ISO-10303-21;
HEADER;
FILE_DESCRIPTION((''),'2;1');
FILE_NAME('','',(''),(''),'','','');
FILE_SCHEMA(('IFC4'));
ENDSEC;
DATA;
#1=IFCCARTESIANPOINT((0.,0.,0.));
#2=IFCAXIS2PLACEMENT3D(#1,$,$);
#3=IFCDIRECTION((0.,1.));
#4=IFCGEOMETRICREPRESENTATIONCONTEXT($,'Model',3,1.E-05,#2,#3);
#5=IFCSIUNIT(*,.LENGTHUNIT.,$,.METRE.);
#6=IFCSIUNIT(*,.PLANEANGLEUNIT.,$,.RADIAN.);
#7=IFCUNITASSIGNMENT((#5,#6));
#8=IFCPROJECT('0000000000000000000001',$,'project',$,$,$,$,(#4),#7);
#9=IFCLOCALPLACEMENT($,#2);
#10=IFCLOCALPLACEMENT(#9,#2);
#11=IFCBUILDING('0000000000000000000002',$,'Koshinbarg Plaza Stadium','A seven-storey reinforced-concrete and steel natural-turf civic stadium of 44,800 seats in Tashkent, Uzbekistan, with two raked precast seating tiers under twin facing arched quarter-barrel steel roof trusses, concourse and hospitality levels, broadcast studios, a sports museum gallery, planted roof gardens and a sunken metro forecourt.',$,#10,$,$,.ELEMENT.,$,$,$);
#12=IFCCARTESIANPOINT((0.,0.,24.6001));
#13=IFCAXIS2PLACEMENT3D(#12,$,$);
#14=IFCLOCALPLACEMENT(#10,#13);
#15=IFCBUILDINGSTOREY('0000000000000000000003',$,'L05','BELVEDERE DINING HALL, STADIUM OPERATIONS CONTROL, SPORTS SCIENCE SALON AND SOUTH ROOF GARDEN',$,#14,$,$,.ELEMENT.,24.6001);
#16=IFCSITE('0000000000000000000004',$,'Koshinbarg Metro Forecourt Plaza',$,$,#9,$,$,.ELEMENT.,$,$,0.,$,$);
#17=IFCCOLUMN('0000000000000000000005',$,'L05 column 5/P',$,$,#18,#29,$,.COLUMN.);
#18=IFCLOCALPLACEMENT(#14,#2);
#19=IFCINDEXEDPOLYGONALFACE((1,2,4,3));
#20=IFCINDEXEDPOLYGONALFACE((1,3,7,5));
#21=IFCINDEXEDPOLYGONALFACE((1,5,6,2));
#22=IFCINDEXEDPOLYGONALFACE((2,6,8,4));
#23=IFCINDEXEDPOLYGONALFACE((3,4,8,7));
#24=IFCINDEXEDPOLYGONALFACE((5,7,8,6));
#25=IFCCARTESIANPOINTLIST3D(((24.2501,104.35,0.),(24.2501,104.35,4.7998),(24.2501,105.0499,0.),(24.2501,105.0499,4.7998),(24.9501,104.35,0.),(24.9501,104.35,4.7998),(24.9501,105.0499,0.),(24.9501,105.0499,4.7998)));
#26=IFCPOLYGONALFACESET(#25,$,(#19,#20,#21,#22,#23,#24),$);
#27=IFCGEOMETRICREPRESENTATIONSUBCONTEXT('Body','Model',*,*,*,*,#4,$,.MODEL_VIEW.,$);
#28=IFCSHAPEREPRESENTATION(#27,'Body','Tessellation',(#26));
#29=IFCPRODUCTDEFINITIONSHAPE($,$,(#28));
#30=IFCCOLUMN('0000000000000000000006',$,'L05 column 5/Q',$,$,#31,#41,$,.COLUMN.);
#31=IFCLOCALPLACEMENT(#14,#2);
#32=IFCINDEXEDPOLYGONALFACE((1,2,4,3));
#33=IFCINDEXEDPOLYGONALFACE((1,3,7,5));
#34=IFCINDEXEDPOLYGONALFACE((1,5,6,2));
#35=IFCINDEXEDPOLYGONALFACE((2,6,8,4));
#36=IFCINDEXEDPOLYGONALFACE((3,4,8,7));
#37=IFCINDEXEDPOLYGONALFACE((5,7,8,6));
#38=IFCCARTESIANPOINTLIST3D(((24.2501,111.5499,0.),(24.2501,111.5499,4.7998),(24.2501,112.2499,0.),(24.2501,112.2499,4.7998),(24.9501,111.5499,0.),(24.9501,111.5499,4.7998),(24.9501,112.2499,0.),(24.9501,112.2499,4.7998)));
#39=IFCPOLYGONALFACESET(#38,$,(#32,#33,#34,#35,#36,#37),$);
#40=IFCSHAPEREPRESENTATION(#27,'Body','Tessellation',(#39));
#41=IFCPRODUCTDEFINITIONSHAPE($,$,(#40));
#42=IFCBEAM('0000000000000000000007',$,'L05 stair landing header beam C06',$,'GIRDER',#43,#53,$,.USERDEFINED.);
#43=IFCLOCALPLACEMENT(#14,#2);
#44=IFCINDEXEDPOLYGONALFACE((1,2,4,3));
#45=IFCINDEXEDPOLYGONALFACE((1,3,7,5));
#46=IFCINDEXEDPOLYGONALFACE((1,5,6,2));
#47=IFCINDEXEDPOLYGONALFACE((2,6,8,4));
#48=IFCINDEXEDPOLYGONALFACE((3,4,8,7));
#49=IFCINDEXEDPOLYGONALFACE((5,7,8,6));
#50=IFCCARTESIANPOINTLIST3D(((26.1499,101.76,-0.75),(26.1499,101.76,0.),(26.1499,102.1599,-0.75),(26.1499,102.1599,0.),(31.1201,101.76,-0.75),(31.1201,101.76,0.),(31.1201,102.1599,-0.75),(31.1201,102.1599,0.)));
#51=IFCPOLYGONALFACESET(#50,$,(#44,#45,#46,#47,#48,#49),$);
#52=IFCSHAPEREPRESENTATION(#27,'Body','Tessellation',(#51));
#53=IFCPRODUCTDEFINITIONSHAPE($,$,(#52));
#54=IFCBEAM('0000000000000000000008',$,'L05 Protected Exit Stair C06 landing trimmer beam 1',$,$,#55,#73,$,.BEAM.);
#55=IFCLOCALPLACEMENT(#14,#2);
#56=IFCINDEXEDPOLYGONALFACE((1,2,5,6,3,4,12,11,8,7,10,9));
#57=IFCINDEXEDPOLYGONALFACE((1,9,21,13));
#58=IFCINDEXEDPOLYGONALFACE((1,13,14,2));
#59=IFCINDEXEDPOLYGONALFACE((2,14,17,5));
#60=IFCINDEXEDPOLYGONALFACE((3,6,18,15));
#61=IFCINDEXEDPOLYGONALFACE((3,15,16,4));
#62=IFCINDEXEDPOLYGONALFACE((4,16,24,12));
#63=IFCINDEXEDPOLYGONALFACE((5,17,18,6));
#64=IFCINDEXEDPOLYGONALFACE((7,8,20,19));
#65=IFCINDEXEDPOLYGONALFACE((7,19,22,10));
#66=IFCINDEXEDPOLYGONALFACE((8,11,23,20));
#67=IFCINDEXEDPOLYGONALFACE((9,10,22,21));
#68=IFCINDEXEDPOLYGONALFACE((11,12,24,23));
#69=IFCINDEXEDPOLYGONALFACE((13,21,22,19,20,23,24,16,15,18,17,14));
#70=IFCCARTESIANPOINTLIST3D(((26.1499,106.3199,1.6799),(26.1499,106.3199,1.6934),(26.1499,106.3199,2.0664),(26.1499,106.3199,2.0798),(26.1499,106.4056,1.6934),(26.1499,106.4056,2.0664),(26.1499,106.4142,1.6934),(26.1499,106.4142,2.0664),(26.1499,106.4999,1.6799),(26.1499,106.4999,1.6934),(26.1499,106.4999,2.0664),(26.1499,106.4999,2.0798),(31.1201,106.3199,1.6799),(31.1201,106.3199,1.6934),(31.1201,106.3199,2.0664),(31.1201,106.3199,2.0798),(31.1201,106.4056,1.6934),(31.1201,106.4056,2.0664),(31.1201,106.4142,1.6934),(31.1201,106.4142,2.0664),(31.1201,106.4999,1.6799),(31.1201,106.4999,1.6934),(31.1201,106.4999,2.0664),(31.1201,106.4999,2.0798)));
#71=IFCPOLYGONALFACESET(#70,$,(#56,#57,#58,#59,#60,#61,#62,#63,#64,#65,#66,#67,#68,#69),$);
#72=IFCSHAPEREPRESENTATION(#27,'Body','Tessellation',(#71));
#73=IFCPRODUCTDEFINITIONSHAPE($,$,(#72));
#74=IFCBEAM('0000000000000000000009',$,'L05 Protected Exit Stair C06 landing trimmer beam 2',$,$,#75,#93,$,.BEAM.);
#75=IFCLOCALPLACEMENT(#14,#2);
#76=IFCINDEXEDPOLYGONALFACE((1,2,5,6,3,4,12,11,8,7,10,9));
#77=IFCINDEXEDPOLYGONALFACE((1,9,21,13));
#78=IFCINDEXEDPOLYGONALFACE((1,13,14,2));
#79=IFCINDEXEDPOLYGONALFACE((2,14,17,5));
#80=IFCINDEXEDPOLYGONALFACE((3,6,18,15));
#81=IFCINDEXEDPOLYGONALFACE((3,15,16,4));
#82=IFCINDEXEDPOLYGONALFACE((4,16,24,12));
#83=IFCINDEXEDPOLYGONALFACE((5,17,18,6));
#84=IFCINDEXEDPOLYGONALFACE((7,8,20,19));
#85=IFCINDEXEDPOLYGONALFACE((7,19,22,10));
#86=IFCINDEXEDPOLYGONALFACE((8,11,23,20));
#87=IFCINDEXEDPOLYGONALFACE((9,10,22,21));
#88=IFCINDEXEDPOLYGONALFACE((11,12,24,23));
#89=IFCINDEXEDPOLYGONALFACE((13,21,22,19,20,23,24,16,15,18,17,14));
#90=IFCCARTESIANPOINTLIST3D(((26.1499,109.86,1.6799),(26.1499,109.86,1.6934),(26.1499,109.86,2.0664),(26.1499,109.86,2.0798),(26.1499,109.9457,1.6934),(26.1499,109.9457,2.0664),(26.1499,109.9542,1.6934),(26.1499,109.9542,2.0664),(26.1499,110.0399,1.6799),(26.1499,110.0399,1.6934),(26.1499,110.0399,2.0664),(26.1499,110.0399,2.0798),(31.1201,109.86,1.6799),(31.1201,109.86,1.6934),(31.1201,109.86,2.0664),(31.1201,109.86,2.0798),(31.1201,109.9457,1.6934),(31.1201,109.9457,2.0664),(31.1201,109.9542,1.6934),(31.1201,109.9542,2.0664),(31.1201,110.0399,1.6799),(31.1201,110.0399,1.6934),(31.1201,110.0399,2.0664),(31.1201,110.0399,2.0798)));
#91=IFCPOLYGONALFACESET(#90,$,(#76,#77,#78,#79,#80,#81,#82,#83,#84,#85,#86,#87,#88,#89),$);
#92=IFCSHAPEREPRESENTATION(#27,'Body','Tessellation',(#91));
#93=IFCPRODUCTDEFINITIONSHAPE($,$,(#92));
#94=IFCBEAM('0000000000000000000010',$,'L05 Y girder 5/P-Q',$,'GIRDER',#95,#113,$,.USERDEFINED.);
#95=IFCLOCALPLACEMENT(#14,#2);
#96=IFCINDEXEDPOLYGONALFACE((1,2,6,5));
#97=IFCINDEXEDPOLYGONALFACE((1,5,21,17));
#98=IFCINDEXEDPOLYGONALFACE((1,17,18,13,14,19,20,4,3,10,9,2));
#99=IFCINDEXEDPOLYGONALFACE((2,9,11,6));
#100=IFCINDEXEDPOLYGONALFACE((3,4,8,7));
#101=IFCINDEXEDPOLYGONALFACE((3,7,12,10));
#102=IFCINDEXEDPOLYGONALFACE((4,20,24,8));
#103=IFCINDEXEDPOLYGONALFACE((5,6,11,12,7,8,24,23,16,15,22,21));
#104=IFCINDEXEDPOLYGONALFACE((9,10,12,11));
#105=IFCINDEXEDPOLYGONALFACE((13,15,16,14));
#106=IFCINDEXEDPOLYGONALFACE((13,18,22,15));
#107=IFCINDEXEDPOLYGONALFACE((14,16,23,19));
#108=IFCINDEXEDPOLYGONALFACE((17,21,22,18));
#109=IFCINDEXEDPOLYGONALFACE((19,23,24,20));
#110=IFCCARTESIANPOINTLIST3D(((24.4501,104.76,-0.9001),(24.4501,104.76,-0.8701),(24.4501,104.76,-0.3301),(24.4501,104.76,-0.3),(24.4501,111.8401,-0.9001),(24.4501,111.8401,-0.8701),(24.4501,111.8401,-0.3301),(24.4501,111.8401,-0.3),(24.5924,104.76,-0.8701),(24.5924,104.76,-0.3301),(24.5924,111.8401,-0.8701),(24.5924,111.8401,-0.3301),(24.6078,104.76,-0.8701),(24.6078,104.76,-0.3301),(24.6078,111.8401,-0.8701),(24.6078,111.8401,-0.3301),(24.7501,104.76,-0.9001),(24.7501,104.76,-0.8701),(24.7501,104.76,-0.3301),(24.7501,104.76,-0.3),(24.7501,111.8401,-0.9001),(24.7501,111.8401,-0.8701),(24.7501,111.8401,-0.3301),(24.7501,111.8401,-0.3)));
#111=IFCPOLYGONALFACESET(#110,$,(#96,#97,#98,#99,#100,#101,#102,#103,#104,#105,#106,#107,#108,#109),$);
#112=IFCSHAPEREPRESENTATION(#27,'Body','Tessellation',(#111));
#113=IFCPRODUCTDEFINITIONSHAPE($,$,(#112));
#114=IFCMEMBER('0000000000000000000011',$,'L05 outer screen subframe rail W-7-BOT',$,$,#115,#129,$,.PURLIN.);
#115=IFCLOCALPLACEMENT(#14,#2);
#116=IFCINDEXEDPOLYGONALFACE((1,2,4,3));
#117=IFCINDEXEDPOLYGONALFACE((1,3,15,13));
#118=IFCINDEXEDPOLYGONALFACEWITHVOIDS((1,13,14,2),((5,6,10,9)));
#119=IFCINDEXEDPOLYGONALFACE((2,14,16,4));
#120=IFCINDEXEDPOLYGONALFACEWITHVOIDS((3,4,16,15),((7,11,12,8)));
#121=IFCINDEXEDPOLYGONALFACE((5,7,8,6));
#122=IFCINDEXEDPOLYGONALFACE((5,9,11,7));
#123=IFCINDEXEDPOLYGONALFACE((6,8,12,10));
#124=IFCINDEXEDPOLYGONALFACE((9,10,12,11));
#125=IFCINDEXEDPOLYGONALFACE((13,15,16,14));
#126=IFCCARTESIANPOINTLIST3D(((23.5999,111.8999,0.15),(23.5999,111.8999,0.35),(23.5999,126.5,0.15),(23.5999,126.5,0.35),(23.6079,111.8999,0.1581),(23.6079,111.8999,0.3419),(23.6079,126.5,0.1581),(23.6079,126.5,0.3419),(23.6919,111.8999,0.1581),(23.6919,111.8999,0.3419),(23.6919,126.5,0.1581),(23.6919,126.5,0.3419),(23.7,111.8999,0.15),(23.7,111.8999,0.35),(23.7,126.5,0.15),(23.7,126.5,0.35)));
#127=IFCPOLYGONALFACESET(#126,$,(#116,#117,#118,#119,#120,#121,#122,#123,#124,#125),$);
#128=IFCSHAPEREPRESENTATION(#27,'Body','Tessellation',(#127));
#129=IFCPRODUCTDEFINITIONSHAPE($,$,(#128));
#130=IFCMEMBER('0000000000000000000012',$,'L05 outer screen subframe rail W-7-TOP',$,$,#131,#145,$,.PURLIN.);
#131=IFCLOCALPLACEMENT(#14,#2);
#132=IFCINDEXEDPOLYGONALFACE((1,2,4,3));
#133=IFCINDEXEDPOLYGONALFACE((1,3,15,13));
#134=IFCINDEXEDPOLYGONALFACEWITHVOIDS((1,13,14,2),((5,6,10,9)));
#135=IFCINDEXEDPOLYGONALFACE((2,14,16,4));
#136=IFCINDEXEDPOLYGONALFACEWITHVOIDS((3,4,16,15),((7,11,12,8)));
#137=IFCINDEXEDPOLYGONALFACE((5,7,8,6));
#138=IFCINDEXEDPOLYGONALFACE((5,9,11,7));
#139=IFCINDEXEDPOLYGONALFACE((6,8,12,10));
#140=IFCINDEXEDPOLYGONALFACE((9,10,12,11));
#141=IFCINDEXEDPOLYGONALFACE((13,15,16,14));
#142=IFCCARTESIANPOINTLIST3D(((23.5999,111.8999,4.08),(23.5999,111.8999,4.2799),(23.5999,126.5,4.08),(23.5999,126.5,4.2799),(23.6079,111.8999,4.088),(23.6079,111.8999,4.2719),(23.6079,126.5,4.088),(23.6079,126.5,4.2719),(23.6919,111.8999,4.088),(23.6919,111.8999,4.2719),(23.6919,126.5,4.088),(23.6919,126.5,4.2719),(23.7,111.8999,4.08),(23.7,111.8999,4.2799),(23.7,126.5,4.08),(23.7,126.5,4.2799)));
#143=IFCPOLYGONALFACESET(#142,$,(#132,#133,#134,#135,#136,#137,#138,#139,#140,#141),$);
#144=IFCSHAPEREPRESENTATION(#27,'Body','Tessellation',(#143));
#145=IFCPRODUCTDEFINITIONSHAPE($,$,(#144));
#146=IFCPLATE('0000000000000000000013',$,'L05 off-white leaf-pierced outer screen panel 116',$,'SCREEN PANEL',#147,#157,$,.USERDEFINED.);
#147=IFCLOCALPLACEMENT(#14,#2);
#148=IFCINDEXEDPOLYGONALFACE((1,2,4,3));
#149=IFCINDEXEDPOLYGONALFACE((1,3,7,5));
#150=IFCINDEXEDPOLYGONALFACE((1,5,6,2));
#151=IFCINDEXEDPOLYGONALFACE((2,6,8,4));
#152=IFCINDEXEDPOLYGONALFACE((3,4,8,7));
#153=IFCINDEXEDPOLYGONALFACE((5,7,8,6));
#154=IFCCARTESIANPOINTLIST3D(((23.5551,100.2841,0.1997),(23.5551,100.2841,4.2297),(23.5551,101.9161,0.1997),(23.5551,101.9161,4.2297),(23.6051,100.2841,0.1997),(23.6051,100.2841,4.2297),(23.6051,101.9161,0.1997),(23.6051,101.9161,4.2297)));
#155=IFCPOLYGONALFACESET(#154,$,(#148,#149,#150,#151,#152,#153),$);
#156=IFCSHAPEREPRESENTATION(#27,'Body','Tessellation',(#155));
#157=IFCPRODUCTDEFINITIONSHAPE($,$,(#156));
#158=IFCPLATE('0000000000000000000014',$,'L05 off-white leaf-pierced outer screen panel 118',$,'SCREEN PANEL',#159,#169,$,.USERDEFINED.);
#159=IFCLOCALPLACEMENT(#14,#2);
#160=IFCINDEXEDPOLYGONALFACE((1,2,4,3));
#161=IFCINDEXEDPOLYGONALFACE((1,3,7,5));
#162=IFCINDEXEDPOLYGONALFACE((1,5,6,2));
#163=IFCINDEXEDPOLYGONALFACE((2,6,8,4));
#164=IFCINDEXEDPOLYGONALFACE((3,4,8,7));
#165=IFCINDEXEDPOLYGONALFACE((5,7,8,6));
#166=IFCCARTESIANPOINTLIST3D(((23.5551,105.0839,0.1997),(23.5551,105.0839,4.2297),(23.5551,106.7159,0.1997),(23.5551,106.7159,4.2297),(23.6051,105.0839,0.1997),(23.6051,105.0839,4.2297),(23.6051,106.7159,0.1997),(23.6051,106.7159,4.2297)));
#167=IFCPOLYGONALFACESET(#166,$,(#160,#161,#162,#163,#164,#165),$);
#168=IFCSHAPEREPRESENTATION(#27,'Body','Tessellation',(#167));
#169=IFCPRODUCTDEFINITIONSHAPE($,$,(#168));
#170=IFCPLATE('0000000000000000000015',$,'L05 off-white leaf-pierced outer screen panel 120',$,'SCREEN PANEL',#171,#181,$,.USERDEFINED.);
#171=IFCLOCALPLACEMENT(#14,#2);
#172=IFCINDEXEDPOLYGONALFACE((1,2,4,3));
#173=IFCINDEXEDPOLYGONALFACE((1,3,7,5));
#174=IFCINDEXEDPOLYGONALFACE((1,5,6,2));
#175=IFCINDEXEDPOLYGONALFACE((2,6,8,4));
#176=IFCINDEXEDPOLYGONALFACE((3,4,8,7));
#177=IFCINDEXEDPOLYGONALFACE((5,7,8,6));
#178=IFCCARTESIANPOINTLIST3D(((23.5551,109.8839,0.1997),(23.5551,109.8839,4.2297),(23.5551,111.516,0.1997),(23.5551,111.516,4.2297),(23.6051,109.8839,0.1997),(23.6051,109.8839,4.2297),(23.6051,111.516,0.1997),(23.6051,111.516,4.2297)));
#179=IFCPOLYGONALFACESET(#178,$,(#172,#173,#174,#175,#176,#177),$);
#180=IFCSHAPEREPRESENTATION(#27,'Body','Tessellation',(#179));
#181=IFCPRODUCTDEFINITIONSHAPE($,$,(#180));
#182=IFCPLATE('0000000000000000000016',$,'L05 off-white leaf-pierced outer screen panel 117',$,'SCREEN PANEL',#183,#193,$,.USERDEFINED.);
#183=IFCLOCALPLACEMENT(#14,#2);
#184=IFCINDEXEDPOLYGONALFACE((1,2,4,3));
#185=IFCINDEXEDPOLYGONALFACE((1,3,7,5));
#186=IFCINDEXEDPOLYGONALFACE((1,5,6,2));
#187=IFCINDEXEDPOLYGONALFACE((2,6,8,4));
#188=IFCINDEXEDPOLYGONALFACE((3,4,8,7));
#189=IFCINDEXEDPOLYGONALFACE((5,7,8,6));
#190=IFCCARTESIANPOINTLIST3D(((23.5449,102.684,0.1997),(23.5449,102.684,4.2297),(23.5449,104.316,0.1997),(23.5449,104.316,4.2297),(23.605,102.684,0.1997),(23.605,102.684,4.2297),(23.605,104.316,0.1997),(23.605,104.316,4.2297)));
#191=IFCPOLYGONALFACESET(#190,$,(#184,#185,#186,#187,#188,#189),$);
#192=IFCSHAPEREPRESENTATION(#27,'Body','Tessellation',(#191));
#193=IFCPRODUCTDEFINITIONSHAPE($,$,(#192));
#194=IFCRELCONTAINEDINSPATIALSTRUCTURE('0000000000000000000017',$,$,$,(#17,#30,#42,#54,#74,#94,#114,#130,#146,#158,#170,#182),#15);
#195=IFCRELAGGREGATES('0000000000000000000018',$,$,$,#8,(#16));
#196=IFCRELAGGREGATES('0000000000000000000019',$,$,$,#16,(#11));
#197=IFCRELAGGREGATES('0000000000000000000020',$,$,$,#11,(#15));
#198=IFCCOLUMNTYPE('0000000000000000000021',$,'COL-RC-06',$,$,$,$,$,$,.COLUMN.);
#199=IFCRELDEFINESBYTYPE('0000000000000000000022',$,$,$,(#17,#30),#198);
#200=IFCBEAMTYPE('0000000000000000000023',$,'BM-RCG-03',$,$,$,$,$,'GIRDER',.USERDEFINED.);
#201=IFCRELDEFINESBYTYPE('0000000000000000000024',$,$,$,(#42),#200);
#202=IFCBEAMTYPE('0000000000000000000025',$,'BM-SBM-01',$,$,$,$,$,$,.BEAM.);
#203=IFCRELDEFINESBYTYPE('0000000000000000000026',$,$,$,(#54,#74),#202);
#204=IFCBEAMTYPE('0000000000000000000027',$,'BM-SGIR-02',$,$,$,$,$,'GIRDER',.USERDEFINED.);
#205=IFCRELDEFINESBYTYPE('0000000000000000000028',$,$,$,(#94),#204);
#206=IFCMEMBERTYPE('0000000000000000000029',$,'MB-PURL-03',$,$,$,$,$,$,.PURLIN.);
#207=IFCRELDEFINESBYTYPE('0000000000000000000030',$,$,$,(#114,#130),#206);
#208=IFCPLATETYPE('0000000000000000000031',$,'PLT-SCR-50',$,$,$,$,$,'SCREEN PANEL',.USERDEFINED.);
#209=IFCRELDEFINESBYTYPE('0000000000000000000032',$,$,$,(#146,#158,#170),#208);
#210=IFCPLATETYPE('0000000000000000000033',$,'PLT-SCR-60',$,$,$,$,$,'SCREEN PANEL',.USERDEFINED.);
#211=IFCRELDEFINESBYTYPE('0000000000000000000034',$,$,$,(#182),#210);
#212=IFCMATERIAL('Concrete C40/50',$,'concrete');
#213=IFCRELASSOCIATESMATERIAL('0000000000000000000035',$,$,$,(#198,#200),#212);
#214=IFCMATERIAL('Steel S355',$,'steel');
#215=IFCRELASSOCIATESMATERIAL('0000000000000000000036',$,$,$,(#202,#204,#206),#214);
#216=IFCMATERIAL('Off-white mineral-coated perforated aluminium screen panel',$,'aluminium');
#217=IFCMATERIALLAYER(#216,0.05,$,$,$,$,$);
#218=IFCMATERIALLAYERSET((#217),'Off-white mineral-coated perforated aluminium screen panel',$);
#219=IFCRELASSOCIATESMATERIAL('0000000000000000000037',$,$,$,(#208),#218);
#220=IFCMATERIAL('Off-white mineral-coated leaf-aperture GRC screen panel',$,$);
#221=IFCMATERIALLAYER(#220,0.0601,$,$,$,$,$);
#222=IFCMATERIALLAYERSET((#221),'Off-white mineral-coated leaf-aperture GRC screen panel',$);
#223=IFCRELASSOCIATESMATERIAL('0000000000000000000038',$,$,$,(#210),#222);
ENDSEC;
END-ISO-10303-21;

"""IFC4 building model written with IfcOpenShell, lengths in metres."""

from ifc_helpers import new_model, si_unit, direction, frame, origin, origin_2d, place, context, subcontext, project, spatial, rectangle, hollow_rectangle, i_section, extrude, material, layer, layer_set, material_profile, profile_set, type_object, element, save


model = new_model("IFC4")

# Units and contexts
model_context = context("Model", 3, precision=1e-05, world=origin(), true_north=direction((0.0, 1.0)))
body_context = subcontext(model_context, "Body", "Model", "MODEL_VIEW")
ifc_project = project(units=[si_unit("LENGTHUNIT", "METRE"), si_unit("PLANEANGLEUNIT", "RADIAN")], contexts=[model_context])

# Site, building, storey
site_placement = place(None, origin())
site = spatial("IfcSite", under=ifc_project, at=site_placement, Name="Koshinbarg Metro Forecourt Plaza", CompositionType="ELEMENT", RefElevation=0.0)
building_placement = place(site_placement, origin())
building = spatial("IfcBuilding", under=site, at=building_placement, Name="Koshinbarg Plaza Stadium", Description="A seven-storey reinforced-concrete and steel natural-turf civic stadium of 44,800 seats in Tashkent, Uzbekistan, with two raked precast seating tiers under twin facing arched quarter-barrel steel roof trusses, concourse and hospitality levels, broadcast studios, a sports museum gallery, planted roof gardens and a sunken metro forecourt.", CompositionType="ELEMENT")
storey_placement = place(building_placement, frame((0.0, 0.0, 24.6001)))
storey = spatial("IfcBuildingStorey", under=building, at=storey_placement, Name="L05", Description="BELVEDERE DINING HALL, STADIUM OPERATIONS CONTROL, SPORTS SCIENCE SALON AND SOUTH ROOF GARDEN", CompositionType="ELEMENT", Elevation=24.6001)

# Columns
ifc_material_1 = material(Name="Concrete C40/50", Category="concrete")
ifc_material_profile_1 = material_profile(ifc_material_1, rectangle(XDim=0.7, YDim=0.7, at=origin_2d()), Name="RC 700x700")
ifc_profile_set_1 = profile_set([ifc_material_profile_1], Name="Concrete C40/50")
column_type = type_object("IfcColumnType", Name="COL-RC-06", PredefinedType="COLUMN", material=ifc_profile_set_1)
for number, where, z_axis, x_axis, name in (
    (1, (24.6001, 104.7, 0.0), (0.0, 0.0, 1.0), (1.0, 0.0, 0.0), "L05 column 5/P"),
    (2, (24.6001, 111.8999, 0.0), (0.0, 0.0, 1.0), (1.0, 0.0, 0.0), "L05 column 5/Q"),
):
    element("IfcColumn", number, at=place(storey_placement, frame(where, z_axis=z_axis, x_axis=x_axis)), inside=storey, type_object=column_type, Name=name, PredefinedType="COLUMN", context=body_context, shape_type="SweptSolid", body=[
        extrude(rectangle(XDim=0.7, YDim=0.7, at=origin_2d()), origin(), (0.0, 0.0, 1.0), 4.7998),
    ])

# Beams
ifc_material_profile_2 = material_profile(ifc_material_1, rectangle(XDim=0.3999, YDim=0.75, at=origin_2d()), Name="RC 400x750")
ifc_profile_set_2 = profile_set([ifc_material_profile_2], Name="Concrete C40/50")
beam_type_1 = type_object("IfcBeamType", Name="BM-RCG-03", ElementType="GIRDER", PredefinedType="USERDEFINED", material=ifc_profile_set_2)
beam_1_placement = place(storey_placement, frame((26.1499, 101.96, -0.375), z_axis=(1.0, 0.0, 0.0), x_axis=(0.0, 1.0, 0.0)))
element("IfcBeam", 3, at=beam_1_placement, inside=storey, type_object=beam_type_1, Name="L05 stair landing header beam C06", ObjectType="GIRDER", PredefinedType="USERDEFINED", context=body_context, shape_type="SweptSolid", body=[
    extrude(rectangle(XDim=0.3999, YDim=0.75, at=origin_2d()), origin(), (0.0, 0.0, 1.0), 4.9702),
])
ifc_material_2 = material(Name="Steel S355", Category="steel")
ifc_material_profile_3 = material_profile(ifc_material_2, i_section(OverallWidth=0.1799, OverallDepth=0.3999, WebThickness=0.0085, FlangeThickness=0.0134, at=origin_2d()), Name="IPE 400")
ifc_profile_set_3 = profile_set([ifc_material_profile_3], Name="Steel S355")
beam_type_2 = type_object("IfcBeamType", Name="BM-SBM-01", PredefinedType="BEAM", material=ifc_profile_set_3)
for number, where, z_axis, x_axis, name in (
    (4, (26.1499, 106.4099, 1.8799), (1.0, 0.0, 0.0), (0.0, 1.0, 0.0), "L05 Protected Exit Stair C06 landing trimmer beam 1"),
    (5, (26.1499, 109.95, 1.8799), (1.0, 0.0, 0.0), (0.0, 1.0, 0.0), "L05 Protected Exit Stair C06 landing trimmer beam 2"),
):
    element("IfcBeam", number, at=place(storey_placement, frame(where, z_axis=z_axis, x_axis=x_axis)), inside=storey, type_object=beam_type_2, Name=name, PredefinedType="BEAM", context=body_context, shape_type="SweptSolid", body=[
        extrude(i_section(OverallWidth=0.1799, OverallDepth=0.3999, WebThickness=0.0085, FlangeThickness=0.0134, at=origin_2d()), origin(), (0.0, 0.0, 1.0), 4.9702),
    ])
ifc_material_profile_4 = material_profile(ifc_material_2, i_section(OverallWidth=0.3, OverallDepth=0.6001, WebThickness=0.0154, FlangeThickness=0.03, at=origin_2d()), Name="HEB 600")
ifc_profile_set_4 = profile_set([ifc_material_profile_4], Name="Steel S355")
beam_type_3 = type_object("IfcBeamType", Name="BM-SGIR-02", ElementType="GIRDER", PredefinedType="USERDEFINED", material=ifc_profile_set_4)
beam_2_placement = place(storey_placement, frame((24.6001, 104.76, -0.6001), z_axis=(0.0, 1.0, 0.0), x_axis=(-1.0, 0.0, 0.0)))
element("IfcBeam", 6, at=beam_2_placement, inside=storey, type_object=beam_type_3, Name="L05 Y girder 5/P-Q", ObjectType="GIRDER", PredefinedType="USERDEFINED", context=body_context, shape_type="SweptSolid", body=[
    extrude(i_section(OverallWidth=0.3, OverallDepth=0.6001, WebThickness=0.0154, FlangeThickness=0.03, at=origin_2d()), origin(), (0.0, 0.0, 1.0), 7.0801),
])

# Members
ifc_material_profile_5 = material_profile(ifc_material_2, hollow_rectangle(XDim=0.1001, YDim=0.2, WallThickness=0.0081, at=origin_2d()), Name="RHS 200x100x8")
ifc_profile_set_5 = profile_set([ifc_material_profile_5], Name="Steel S355")
member_type = type_object("IfcMemberType", Name="MB-PURL-03", PredefinedType="PURLIN", material=ifc_profile_set_5)
for number, where, z_axis, x_axis, name in (
    (7, (23.6499, 111.8999, 0.25), (0.0, 1.0, 0.0), (-1.0, 0.0, 0.0), "L05 outer screen subframe rail W-7-BOT"),
    (8, (23.6499, 111.8999, 4.1799), (0.0, 1.0, 0.0), (-1.0, 0.0, 0.0), "L05 outer screen subframe rail W-7-TOP"),
):
    element("IfcMember", number, at=place(storey_placement, frame(where, z_axis=z_axis, x_axis=x_axis)), inside=storey, type_object=member_type, Name=name, PredefinedType="PURLIN", context=body_context, shape_type="SweptSolid", body=[
        extrude(hollow_rectangle(XDim=0.1001, YDim=0.2, WallThickness=0.0081, at=origin_2d()), origin(), (0.0, 0.0, 1.0), 14.6001),
    ])

# Plates
ifc_material_3 = material(Name="Off-white mineral-coated perforated aluminium screen panel", Category="aluminium")
ifc_layer_1 = layer(ifc_material_3, 0.05)
ifc_layer_set_1 = layer_set([ifc_layer_1], Name="Off-white mineral-coated perforated aluminium screen panel")
plate_type_1 = type_object("IfcPlateType", Name="PLT-SCR-50", ElementType="SCREEN PANEL", PredefinedType="USERDEFINED", material=ifc_layer_set_1)
for number, where, z_axis, x_axis, name in (
    (9, (23.5801, 101.1001, 0.1997), (0.0, 0.0, 1.0), (1.0, 0.0, 0.0), "L05 off-white leaf-pierced outer screen panel 116"),
    (10, (23.5801, 105.8999, 0.1997), (0.0, 0.0, 1.0), (1.0, 0.0, 0.0), "L05 off-white leaf-pierced outer screen panel 118"),
    (11, (23.5801, 110.7, 0.1997), (0.0, 0.0, 1.0), (1.0, 0.0, 0.0), "L05 off-white leaf-pierced outer screen panel 120"),
):
    element("IfcPlate", number, at=place(storey_placement, frame(where, z_axis=z_axis, x_axis=x_axis)), inside=storey, type_object=plate_type_1, Name=name, ObjectType="SCREEN PANEL", PredefinedType="USERDEFINED", context=body_context, shape_type="SweptSolid", body=[
        extrude(rectangle(XDim=0.05, YDim=1.6321, at=origin_2d()), origin(), (0.0, 0.0, 1.0), 4.03),
    ])
ifc_material_4 = material(Name="Off-white mineral-coated leaf-aperture GRC screen panel")
ifc_layer_2 = layer(ifc_material_4, 0.0601)
ifc_layer_set_2 = layer_set([ifc_layer_2], Name="Off-white mineral-coated leaf-aperture GRC screen panel")
plate_type_2 = type_object("IfcPlateType", Name="PLT-SCR-60", ElementType="SCREEN PANEL", PredefinedType="USERDEFINED", material=ifc_layer_set_2)
for number, where, z_axis, x_axis, name in (
    (12, (23.575, 103.5, 0.1997), (0.0, 0.0, 1.0), (1.0, 0.0, 0.0), "L05 off-white leaf-pierced outer screen panel 117"),
):
    element("IfcPlate", number, at=place(storey_placement, frame(where, z_axis=z_axis, x_axis=x_axis)), inside=storey, type_object=plate_type_2, Name=name, ObjectType="SCREEN PANEL", PredefinedType="USERDEFINED", context=body_context, shape_type="SweptSolid", body=[
        extrude(rectangle(XDim=0.0601, YDim=1.6321, at=origin_2d()), origin(), (0.0, 0.0, 1.0), 4.03),
    ])

save(model, "model.ifc")
